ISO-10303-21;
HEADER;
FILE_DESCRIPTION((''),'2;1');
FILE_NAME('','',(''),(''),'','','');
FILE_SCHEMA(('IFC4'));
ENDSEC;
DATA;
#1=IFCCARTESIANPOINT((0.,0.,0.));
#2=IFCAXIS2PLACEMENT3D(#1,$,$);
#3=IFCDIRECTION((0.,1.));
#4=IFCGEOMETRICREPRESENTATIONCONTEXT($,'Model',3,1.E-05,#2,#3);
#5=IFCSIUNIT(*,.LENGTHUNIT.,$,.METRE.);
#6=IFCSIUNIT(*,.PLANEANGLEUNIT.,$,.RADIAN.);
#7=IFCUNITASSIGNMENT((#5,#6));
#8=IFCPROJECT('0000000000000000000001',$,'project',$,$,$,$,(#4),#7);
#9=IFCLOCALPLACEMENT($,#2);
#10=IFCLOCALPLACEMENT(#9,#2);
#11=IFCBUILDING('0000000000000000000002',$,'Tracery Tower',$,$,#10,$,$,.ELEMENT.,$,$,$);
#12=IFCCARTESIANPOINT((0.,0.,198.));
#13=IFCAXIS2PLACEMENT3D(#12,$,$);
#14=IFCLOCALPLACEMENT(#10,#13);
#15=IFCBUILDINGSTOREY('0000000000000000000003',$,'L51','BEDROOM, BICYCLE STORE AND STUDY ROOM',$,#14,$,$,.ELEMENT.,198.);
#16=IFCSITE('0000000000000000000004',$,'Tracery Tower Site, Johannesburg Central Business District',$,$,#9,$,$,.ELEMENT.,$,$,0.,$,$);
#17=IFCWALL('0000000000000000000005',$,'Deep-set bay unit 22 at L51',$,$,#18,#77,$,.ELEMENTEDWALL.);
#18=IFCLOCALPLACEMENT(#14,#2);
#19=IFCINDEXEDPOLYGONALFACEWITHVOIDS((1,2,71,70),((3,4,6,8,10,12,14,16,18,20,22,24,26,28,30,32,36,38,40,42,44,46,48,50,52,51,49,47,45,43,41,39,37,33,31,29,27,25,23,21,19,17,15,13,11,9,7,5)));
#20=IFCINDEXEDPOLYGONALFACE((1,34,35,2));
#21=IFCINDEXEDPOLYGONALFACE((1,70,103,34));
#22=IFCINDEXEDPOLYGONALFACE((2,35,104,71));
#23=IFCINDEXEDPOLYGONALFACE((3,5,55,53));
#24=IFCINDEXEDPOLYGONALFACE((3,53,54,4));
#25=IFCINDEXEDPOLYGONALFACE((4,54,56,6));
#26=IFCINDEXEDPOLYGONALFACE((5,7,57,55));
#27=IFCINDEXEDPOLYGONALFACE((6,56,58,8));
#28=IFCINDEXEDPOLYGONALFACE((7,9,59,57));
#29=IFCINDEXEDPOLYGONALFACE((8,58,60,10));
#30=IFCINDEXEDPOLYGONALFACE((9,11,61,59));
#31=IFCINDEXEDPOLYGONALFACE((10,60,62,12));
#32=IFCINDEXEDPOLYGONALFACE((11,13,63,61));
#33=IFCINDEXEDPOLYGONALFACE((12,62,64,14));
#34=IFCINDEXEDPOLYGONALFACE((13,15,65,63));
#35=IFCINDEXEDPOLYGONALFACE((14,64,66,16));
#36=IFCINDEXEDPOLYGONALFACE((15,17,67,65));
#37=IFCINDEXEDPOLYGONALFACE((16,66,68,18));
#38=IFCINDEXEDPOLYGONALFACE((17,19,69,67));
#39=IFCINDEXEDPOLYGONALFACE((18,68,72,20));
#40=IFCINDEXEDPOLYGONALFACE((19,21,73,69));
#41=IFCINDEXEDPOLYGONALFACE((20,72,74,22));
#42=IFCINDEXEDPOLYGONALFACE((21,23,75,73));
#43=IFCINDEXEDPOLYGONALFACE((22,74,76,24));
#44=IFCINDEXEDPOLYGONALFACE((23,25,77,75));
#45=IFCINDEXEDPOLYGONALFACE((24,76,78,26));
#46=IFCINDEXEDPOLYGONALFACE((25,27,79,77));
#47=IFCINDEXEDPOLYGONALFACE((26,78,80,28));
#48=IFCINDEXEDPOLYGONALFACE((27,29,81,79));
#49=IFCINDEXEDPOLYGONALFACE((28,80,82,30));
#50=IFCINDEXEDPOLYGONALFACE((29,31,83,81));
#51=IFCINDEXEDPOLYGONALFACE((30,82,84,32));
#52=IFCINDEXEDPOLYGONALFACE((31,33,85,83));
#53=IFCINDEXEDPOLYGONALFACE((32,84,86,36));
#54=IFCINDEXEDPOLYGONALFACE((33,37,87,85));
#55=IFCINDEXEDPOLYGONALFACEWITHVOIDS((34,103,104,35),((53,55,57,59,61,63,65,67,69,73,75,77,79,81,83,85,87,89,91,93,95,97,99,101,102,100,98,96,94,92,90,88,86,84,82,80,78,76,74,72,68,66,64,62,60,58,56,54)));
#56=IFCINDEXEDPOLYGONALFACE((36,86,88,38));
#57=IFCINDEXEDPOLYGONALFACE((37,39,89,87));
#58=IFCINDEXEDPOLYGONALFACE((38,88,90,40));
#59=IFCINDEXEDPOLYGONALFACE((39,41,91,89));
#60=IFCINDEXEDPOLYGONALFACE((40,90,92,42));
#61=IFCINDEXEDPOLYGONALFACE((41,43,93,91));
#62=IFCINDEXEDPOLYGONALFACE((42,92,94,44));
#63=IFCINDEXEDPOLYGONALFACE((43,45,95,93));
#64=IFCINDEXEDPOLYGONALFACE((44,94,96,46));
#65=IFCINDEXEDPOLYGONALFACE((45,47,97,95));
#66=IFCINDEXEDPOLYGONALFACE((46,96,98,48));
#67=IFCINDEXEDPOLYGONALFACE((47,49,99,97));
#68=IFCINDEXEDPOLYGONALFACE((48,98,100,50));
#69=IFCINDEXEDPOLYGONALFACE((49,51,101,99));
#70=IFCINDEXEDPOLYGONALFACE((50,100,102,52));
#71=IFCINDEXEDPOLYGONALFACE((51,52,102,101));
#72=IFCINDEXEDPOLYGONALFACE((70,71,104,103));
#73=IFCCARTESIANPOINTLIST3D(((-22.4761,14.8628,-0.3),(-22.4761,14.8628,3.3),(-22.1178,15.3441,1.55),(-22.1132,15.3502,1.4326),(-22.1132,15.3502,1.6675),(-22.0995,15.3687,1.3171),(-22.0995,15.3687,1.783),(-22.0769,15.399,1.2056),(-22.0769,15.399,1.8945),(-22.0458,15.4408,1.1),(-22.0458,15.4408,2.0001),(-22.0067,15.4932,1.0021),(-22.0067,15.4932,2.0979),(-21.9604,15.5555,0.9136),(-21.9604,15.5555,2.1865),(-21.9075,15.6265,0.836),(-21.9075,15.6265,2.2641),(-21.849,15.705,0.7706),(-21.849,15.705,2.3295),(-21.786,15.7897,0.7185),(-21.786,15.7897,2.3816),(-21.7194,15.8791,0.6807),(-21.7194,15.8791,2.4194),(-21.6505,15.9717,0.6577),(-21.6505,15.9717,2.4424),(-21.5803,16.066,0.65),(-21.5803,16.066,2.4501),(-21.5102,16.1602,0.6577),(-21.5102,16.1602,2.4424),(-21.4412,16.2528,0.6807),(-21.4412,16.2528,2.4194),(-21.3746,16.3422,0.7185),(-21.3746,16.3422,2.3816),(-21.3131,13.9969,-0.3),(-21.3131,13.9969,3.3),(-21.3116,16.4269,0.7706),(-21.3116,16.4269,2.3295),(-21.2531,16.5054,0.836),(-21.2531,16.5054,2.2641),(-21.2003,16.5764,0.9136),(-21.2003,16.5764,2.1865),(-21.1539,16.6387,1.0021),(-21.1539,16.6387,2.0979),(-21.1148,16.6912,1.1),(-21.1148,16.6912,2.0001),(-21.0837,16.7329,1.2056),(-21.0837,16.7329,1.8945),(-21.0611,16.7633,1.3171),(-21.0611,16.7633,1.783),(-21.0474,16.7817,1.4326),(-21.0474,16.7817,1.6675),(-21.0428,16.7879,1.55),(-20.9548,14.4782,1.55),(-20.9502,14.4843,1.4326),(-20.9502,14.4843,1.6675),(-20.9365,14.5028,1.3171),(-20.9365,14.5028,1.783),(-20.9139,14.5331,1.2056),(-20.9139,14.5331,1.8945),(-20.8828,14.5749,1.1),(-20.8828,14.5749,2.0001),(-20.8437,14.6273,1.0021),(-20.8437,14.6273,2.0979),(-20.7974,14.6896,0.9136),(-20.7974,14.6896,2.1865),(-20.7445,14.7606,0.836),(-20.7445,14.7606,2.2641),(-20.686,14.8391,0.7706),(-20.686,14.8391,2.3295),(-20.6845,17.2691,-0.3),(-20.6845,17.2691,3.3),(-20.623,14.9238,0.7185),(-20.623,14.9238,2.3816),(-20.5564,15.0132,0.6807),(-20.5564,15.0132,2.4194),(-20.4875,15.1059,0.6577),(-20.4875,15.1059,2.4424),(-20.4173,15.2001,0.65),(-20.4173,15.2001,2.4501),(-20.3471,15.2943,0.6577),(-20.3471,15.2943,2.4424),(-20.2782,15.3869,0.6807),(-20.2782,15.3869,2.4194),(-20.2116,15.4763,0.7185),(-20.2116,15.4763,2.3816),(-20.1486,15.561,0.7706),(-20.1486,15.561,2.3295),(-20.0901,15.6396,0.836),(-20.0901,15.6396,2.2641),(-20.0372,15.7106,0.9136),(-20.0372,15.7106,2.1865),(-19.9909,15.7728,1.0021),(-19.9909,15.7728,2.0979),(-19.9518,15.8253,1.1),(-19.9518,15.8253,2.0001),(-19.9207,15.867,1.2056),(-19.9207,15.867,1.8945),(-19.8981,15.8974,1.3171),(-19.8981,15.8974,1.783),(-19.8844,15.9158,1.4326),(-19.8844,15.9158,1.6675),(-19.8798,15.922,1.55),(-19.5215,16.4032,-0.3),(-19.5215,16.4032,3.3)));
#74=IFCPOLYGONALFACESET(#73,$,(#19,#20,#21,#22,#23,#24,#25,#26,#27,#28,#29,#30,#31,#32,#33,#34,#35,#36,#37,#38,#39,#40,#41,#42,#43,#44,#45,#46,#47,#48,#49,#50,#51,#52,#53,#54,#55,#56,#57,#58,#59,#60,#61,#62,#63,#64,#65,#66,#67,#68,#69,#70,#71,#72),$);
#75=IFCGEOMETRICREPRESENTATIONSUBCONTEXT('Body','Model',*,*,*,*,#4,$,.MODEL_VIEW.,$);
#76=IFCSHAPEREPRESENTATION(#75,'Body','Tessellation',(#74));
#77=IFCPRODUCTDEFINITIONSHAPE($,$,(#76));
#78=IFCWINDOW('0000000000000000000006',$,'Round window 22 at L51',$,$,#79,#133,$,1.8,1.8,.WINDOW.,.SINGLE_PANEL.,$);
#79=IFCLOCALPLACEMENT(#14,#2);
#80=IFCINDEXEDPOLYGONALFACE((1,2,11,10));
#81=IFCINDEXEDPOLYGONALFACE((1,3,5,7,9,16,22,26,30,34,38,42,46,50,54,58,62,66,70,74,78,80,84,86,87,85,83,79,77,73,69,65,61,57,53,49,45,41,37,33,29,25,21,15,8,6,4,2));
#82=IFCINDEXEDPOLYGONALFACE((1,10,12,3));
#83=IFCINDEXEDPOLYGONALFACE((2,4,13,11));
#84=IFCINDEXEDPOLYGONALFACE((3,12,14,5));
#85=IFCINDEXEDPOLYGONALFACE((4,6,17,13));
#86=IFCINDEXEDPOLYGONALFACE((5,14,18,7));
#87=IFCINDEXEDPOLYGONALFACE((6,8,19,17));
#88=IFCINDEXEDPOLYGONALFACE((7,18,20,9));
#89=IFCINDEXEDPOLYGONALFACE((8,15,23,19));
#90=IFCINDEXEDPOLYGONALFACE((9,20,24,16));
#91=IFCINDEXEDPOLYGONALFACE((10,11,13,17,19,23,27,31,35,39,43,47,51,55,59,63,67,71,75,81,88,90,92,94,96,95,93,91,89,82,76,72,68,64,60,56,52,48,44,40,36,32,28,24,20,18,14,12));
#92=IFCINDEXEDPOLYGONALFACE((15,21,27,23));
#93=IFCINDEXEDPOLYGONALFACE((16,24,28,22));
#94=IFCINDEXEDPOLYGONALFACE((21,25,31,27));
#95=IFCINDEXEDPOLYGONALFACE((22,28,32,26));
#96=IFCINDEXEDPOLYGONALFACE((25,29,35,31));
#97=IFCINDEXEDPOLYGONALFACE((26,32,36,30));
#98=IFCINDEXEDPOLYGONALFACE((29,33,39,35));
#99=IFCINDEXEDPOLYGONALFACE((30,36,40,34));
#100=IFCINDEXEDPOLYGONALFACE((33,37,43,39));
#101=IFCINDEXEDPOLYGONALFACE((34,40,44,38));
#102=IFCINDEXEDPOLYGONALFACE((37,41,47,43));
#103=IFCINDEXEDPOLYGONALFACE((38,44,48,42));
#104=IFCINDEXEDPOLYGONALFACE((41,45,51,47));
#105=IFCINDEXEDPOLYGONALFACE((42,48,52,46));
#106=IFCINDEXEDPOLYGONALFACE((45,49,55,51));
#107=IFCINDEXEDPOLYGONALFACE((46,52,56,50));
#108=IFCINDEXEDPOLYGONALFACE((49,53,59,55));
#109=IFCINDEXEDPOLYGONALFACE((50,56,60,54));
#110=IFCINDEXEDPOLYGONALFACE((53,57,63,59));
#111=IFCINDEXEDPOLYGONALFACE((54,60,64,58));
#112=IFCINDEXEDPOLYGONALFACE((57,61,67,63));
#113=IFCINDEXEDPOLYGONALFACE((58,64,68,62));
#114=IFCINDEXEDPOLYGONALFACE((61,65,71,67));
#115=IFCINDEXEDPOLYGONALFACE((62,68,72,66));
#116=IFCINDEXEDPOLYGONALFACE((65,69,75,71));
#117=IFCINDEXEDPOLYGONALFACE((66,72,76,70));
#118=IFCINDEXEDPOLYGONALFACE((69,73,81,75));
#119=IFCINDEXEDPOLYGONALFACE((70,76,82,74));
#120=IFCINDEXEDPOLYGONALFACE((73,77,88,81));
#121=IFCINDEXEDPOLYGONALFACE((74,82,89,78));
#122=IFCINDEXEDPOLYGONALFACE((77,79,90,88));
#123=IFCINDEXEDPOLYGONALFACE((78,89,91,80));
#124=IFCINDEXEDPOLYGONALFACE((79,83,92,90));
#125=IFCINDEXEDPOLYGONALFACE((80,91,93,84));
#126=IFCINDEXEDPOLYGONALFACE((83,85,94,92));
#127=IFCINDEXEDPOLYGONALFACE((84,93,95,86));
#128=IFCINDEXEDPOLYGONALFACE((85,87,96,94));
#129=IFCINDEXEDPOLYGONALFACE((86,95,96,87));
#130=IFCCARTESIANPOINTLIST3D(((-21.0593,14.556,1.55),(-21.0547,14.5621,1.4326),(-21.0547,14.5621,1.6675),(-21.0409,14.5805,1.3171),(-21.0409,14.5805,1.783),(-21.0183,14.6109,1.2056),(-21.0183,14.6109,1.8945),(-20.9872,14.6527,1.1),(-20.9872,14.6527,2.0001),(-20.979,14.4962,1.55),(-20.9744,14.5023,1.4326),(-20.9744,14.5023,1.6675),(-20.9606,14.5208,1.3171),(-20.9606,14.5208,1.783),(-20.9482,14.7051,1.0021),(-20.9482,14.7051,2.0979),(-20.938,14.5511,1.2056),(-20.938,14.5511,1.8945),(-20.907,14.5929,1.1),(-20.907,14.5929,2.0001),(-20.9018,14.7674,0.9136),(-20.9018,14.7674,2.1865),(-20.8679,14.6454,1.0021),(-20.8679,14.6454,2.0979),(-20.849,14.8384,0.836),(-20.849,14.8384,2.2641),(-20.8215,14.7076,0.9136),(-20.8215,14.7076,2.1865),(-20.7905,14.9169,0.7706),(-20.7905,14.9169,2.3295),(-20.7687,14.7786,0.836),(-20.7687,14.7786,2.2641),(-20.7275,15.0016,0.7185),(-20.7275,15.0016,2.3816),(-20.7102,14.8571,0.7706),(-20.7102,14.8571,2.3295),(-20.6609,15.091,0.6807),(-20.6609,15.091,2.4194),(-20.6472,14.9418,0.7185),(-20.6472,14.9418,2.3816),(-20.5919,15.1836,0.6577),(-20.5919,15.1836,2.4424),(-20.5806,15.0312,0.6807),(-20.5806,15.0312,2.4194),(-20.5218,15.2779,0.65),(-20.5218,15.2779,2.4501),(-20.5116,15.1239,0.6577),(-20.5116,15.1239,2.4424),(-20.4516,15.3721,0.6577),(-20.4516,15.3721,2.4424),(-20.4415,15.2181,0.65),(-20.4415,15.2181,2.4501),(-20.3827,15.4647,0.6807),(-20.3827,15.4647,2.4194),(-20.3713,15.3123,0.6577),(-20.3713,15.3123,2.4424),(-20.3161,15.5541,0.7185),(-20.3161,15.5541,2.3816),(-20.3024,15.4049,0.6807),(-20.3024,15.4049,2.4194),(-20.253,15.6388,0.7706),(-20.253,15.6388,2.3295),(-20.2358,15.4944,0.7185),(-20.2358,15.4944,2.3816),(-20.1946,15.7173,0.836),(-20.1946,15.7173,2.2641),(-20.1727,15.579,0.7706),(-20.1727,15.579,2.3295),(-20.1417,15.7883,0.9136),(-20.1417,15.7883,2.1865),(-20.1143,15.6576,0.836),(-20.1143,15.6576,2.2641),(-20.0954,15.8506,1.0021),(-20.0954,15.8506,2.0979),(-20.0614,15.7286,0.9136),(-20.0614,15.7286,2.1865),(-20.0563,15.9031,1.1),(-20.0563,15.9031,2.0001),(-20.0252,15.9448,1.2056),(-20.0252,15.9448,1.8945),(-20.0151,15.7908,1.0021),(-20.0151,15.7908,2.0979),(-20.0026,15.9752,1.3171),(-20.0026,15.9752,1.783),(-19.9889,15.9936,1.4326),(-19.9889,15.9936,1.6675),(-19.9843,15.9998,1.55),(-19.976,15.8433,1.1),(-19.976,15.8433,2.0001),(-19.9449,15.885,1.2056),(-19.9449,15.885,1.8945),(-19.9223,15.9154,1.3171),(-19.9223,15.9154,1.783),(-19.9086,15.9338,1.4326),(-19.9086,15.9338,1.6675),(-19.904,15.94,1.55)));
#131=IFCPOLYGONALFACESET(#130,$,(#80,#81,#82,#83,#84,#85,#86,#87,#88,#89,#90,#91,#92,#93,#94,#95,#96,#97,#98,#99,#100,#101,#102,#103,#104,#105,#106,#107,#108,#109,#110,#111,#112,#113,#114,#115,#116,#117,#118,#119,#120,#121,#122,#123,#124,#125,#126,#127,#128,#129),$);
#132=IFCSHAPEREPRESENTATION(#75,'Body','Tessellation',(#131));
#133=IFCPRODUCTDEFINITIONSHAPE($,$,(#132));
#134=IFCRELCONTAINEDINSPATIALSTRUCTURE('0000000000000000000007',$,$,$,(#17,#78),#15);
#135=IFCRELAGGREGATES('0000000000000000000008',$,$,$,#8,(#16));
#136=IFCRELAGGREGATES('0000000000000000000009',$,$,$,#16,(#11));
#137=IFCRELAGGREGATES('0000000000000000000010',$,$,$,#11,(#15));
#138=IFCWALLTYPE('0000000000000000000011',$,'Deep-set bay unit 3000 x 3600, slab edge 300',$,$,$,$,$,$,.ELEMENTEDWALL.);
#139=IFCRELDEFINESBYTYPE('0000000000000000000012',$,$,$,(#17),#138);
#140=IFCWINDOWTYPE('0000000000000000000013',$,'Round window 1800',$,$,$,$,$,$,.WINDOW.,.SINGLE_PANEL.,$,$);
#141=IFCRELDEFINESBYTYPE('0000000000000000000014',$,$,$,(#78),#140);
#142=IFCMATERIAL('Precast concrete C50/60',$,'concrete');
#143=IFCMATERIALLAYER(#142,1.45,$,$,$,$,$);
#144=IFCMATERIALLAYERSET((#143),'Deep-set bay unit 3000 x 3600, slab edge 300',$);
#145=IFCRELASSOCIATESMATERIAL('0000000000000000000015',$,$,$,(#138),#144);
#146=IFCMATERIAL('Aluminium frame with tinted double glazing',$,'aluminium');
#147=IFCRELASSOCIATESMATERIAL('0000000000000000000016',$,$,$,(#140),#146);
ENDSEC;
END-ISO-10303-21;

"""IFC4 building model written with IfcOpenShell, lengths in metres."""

from ifc_helpers import new_model, si_unit, direction, frame, frame_2d, origin, origin_2d, place, context, subcontext, project, spatial, rectangle, circle, extrude, material, layer, layer_set, type_object, element, fill, save


model = new_model("IFC4")

# Units and contexts
model_context = context("Model", 3, precision=1e-05, world=origin(), true_north=direction((0.0, 1.0)))
body_context = subcontext(model_context, "Body", "Model", "MODEL_VIEW")
ifc_project = project(units=[si_unit("LENGTHUNIT", "METRE"), si_unit("PLANEANGLEUNIT", "RADIAN")], contexts=[model_context])

# Site, building, storey
site_placement = place(None, origin())
site = spatial("IfcSite", under=ifc_project, at=site_placement, Name="Tracery Tower Site, Johannesburg Central Business District", CompositionType="ELEMENT", RefElevation=0.0)
building_placement = place(site_placement, origin())
building = spatial("IfcBuilding", under=site, at=building_placement, Name="Tracery Tower", CompositionType="ELEMENT")
storey_placement = place(building_placement, frame((0.0, 0.0, 198.0)))
storey = spatial("IfcBuildingStorey", under=building, at=storey_placement, Name="L51", Description="BEDROOM, BICYCLE STORE AND STUDY ROOM", CompositionType="ELEMENT", Elevation=198.0)

# Wall, opening, window
ifc_material_1 = material(Name="Precast concrete C50/60", Category="concrete")
ifc_layer_1 = layer(ifc_material_1, 1.45)
ifc_layer_set_1 = layer_set([ifc_layer_1], Name="Deep-set bay unit 3000 x 3600, slab edge 300")
wall_type_1 = type_object("IfcWallType", Name="Deep-set bay unit 3000 x 3600, slab edge 300", PredefinedType="ELEMENTEDWALL", material=ifc_layer_set_1)
ifc_material_2 = material(Name="Aluminium frame with tinted double glazing", Category="aluminium")
window_type = type_object("IfcWindowType", Name="Round window 1800", PartitioningType="SINGLE_PANEL", PredefinedType="WINDOW", material=ifc_material_2)
wall_1_placement = place(storey_placement, frame((-20.103, 16.8362, -0.3), z_axis=(0.0, 0.0, 1.0), x_axis=(-0.597184, -0.802104, 0.0)))
wall_1 = element("IfcWall", 1, at=wall_1_placement, inside=storey, type_object=wall_type_1, Name="Deep-set bay unit 22 at L51", PredefinedType="ELEMENTEDWALL", context=body_context, shape_type="SweptSolid", body=[
    extrude(rectangle(XDim=3.0, YDim=1.45, at=frame_2d((1.5, 0.0))), origin(), (0.0, 0.0, 1.0), 3.6001),
])
opening_1_placement = place(wall_1_placement, frame((1.5, 0.0, 1.8501)))
opening_1 = element("IfcOpeningElement", 2, at=opening_1_placement, cuts=wall_1, PredefinedType="OPENING", context=body_context, shape_type="SweptSolid", body=[
    extrude(circle(Radius=0.9, at=origin_2d()), frame((0.0, 0.7349, 0.0), z_axis=(0.0, -1.0, 0.0), x_axis=(1.0, 0.0, 0.0)), (0.0, 0.0, 1.0), 1.47),
])
window_1_placement = place(opening_1_placement, origin())
window_1 = element("IfcWindow", 3, at=window_1_placement, inside=storey, type_object=window_type, Name="Round window 22 at L51", OverallHeight=1.8, OverallWidth=1.8, PartitioningType="SINGLE_PANEL", PredefinedType="WINDOW", context=body_context, shape_type="SweptSolid", body=[
    extrude(circle(Radius=0.9, at=origin_2d()), frame((0.0, 0.6948, 0.0), z_axis=(0.0, -1.0, 0.0), x_axis=(1.0, 0.0, 0.0)), (0.0, 0.0, 1.0), 0.1001),
])
fill(opening_1, window_1)

save(model, "model.ifc")
